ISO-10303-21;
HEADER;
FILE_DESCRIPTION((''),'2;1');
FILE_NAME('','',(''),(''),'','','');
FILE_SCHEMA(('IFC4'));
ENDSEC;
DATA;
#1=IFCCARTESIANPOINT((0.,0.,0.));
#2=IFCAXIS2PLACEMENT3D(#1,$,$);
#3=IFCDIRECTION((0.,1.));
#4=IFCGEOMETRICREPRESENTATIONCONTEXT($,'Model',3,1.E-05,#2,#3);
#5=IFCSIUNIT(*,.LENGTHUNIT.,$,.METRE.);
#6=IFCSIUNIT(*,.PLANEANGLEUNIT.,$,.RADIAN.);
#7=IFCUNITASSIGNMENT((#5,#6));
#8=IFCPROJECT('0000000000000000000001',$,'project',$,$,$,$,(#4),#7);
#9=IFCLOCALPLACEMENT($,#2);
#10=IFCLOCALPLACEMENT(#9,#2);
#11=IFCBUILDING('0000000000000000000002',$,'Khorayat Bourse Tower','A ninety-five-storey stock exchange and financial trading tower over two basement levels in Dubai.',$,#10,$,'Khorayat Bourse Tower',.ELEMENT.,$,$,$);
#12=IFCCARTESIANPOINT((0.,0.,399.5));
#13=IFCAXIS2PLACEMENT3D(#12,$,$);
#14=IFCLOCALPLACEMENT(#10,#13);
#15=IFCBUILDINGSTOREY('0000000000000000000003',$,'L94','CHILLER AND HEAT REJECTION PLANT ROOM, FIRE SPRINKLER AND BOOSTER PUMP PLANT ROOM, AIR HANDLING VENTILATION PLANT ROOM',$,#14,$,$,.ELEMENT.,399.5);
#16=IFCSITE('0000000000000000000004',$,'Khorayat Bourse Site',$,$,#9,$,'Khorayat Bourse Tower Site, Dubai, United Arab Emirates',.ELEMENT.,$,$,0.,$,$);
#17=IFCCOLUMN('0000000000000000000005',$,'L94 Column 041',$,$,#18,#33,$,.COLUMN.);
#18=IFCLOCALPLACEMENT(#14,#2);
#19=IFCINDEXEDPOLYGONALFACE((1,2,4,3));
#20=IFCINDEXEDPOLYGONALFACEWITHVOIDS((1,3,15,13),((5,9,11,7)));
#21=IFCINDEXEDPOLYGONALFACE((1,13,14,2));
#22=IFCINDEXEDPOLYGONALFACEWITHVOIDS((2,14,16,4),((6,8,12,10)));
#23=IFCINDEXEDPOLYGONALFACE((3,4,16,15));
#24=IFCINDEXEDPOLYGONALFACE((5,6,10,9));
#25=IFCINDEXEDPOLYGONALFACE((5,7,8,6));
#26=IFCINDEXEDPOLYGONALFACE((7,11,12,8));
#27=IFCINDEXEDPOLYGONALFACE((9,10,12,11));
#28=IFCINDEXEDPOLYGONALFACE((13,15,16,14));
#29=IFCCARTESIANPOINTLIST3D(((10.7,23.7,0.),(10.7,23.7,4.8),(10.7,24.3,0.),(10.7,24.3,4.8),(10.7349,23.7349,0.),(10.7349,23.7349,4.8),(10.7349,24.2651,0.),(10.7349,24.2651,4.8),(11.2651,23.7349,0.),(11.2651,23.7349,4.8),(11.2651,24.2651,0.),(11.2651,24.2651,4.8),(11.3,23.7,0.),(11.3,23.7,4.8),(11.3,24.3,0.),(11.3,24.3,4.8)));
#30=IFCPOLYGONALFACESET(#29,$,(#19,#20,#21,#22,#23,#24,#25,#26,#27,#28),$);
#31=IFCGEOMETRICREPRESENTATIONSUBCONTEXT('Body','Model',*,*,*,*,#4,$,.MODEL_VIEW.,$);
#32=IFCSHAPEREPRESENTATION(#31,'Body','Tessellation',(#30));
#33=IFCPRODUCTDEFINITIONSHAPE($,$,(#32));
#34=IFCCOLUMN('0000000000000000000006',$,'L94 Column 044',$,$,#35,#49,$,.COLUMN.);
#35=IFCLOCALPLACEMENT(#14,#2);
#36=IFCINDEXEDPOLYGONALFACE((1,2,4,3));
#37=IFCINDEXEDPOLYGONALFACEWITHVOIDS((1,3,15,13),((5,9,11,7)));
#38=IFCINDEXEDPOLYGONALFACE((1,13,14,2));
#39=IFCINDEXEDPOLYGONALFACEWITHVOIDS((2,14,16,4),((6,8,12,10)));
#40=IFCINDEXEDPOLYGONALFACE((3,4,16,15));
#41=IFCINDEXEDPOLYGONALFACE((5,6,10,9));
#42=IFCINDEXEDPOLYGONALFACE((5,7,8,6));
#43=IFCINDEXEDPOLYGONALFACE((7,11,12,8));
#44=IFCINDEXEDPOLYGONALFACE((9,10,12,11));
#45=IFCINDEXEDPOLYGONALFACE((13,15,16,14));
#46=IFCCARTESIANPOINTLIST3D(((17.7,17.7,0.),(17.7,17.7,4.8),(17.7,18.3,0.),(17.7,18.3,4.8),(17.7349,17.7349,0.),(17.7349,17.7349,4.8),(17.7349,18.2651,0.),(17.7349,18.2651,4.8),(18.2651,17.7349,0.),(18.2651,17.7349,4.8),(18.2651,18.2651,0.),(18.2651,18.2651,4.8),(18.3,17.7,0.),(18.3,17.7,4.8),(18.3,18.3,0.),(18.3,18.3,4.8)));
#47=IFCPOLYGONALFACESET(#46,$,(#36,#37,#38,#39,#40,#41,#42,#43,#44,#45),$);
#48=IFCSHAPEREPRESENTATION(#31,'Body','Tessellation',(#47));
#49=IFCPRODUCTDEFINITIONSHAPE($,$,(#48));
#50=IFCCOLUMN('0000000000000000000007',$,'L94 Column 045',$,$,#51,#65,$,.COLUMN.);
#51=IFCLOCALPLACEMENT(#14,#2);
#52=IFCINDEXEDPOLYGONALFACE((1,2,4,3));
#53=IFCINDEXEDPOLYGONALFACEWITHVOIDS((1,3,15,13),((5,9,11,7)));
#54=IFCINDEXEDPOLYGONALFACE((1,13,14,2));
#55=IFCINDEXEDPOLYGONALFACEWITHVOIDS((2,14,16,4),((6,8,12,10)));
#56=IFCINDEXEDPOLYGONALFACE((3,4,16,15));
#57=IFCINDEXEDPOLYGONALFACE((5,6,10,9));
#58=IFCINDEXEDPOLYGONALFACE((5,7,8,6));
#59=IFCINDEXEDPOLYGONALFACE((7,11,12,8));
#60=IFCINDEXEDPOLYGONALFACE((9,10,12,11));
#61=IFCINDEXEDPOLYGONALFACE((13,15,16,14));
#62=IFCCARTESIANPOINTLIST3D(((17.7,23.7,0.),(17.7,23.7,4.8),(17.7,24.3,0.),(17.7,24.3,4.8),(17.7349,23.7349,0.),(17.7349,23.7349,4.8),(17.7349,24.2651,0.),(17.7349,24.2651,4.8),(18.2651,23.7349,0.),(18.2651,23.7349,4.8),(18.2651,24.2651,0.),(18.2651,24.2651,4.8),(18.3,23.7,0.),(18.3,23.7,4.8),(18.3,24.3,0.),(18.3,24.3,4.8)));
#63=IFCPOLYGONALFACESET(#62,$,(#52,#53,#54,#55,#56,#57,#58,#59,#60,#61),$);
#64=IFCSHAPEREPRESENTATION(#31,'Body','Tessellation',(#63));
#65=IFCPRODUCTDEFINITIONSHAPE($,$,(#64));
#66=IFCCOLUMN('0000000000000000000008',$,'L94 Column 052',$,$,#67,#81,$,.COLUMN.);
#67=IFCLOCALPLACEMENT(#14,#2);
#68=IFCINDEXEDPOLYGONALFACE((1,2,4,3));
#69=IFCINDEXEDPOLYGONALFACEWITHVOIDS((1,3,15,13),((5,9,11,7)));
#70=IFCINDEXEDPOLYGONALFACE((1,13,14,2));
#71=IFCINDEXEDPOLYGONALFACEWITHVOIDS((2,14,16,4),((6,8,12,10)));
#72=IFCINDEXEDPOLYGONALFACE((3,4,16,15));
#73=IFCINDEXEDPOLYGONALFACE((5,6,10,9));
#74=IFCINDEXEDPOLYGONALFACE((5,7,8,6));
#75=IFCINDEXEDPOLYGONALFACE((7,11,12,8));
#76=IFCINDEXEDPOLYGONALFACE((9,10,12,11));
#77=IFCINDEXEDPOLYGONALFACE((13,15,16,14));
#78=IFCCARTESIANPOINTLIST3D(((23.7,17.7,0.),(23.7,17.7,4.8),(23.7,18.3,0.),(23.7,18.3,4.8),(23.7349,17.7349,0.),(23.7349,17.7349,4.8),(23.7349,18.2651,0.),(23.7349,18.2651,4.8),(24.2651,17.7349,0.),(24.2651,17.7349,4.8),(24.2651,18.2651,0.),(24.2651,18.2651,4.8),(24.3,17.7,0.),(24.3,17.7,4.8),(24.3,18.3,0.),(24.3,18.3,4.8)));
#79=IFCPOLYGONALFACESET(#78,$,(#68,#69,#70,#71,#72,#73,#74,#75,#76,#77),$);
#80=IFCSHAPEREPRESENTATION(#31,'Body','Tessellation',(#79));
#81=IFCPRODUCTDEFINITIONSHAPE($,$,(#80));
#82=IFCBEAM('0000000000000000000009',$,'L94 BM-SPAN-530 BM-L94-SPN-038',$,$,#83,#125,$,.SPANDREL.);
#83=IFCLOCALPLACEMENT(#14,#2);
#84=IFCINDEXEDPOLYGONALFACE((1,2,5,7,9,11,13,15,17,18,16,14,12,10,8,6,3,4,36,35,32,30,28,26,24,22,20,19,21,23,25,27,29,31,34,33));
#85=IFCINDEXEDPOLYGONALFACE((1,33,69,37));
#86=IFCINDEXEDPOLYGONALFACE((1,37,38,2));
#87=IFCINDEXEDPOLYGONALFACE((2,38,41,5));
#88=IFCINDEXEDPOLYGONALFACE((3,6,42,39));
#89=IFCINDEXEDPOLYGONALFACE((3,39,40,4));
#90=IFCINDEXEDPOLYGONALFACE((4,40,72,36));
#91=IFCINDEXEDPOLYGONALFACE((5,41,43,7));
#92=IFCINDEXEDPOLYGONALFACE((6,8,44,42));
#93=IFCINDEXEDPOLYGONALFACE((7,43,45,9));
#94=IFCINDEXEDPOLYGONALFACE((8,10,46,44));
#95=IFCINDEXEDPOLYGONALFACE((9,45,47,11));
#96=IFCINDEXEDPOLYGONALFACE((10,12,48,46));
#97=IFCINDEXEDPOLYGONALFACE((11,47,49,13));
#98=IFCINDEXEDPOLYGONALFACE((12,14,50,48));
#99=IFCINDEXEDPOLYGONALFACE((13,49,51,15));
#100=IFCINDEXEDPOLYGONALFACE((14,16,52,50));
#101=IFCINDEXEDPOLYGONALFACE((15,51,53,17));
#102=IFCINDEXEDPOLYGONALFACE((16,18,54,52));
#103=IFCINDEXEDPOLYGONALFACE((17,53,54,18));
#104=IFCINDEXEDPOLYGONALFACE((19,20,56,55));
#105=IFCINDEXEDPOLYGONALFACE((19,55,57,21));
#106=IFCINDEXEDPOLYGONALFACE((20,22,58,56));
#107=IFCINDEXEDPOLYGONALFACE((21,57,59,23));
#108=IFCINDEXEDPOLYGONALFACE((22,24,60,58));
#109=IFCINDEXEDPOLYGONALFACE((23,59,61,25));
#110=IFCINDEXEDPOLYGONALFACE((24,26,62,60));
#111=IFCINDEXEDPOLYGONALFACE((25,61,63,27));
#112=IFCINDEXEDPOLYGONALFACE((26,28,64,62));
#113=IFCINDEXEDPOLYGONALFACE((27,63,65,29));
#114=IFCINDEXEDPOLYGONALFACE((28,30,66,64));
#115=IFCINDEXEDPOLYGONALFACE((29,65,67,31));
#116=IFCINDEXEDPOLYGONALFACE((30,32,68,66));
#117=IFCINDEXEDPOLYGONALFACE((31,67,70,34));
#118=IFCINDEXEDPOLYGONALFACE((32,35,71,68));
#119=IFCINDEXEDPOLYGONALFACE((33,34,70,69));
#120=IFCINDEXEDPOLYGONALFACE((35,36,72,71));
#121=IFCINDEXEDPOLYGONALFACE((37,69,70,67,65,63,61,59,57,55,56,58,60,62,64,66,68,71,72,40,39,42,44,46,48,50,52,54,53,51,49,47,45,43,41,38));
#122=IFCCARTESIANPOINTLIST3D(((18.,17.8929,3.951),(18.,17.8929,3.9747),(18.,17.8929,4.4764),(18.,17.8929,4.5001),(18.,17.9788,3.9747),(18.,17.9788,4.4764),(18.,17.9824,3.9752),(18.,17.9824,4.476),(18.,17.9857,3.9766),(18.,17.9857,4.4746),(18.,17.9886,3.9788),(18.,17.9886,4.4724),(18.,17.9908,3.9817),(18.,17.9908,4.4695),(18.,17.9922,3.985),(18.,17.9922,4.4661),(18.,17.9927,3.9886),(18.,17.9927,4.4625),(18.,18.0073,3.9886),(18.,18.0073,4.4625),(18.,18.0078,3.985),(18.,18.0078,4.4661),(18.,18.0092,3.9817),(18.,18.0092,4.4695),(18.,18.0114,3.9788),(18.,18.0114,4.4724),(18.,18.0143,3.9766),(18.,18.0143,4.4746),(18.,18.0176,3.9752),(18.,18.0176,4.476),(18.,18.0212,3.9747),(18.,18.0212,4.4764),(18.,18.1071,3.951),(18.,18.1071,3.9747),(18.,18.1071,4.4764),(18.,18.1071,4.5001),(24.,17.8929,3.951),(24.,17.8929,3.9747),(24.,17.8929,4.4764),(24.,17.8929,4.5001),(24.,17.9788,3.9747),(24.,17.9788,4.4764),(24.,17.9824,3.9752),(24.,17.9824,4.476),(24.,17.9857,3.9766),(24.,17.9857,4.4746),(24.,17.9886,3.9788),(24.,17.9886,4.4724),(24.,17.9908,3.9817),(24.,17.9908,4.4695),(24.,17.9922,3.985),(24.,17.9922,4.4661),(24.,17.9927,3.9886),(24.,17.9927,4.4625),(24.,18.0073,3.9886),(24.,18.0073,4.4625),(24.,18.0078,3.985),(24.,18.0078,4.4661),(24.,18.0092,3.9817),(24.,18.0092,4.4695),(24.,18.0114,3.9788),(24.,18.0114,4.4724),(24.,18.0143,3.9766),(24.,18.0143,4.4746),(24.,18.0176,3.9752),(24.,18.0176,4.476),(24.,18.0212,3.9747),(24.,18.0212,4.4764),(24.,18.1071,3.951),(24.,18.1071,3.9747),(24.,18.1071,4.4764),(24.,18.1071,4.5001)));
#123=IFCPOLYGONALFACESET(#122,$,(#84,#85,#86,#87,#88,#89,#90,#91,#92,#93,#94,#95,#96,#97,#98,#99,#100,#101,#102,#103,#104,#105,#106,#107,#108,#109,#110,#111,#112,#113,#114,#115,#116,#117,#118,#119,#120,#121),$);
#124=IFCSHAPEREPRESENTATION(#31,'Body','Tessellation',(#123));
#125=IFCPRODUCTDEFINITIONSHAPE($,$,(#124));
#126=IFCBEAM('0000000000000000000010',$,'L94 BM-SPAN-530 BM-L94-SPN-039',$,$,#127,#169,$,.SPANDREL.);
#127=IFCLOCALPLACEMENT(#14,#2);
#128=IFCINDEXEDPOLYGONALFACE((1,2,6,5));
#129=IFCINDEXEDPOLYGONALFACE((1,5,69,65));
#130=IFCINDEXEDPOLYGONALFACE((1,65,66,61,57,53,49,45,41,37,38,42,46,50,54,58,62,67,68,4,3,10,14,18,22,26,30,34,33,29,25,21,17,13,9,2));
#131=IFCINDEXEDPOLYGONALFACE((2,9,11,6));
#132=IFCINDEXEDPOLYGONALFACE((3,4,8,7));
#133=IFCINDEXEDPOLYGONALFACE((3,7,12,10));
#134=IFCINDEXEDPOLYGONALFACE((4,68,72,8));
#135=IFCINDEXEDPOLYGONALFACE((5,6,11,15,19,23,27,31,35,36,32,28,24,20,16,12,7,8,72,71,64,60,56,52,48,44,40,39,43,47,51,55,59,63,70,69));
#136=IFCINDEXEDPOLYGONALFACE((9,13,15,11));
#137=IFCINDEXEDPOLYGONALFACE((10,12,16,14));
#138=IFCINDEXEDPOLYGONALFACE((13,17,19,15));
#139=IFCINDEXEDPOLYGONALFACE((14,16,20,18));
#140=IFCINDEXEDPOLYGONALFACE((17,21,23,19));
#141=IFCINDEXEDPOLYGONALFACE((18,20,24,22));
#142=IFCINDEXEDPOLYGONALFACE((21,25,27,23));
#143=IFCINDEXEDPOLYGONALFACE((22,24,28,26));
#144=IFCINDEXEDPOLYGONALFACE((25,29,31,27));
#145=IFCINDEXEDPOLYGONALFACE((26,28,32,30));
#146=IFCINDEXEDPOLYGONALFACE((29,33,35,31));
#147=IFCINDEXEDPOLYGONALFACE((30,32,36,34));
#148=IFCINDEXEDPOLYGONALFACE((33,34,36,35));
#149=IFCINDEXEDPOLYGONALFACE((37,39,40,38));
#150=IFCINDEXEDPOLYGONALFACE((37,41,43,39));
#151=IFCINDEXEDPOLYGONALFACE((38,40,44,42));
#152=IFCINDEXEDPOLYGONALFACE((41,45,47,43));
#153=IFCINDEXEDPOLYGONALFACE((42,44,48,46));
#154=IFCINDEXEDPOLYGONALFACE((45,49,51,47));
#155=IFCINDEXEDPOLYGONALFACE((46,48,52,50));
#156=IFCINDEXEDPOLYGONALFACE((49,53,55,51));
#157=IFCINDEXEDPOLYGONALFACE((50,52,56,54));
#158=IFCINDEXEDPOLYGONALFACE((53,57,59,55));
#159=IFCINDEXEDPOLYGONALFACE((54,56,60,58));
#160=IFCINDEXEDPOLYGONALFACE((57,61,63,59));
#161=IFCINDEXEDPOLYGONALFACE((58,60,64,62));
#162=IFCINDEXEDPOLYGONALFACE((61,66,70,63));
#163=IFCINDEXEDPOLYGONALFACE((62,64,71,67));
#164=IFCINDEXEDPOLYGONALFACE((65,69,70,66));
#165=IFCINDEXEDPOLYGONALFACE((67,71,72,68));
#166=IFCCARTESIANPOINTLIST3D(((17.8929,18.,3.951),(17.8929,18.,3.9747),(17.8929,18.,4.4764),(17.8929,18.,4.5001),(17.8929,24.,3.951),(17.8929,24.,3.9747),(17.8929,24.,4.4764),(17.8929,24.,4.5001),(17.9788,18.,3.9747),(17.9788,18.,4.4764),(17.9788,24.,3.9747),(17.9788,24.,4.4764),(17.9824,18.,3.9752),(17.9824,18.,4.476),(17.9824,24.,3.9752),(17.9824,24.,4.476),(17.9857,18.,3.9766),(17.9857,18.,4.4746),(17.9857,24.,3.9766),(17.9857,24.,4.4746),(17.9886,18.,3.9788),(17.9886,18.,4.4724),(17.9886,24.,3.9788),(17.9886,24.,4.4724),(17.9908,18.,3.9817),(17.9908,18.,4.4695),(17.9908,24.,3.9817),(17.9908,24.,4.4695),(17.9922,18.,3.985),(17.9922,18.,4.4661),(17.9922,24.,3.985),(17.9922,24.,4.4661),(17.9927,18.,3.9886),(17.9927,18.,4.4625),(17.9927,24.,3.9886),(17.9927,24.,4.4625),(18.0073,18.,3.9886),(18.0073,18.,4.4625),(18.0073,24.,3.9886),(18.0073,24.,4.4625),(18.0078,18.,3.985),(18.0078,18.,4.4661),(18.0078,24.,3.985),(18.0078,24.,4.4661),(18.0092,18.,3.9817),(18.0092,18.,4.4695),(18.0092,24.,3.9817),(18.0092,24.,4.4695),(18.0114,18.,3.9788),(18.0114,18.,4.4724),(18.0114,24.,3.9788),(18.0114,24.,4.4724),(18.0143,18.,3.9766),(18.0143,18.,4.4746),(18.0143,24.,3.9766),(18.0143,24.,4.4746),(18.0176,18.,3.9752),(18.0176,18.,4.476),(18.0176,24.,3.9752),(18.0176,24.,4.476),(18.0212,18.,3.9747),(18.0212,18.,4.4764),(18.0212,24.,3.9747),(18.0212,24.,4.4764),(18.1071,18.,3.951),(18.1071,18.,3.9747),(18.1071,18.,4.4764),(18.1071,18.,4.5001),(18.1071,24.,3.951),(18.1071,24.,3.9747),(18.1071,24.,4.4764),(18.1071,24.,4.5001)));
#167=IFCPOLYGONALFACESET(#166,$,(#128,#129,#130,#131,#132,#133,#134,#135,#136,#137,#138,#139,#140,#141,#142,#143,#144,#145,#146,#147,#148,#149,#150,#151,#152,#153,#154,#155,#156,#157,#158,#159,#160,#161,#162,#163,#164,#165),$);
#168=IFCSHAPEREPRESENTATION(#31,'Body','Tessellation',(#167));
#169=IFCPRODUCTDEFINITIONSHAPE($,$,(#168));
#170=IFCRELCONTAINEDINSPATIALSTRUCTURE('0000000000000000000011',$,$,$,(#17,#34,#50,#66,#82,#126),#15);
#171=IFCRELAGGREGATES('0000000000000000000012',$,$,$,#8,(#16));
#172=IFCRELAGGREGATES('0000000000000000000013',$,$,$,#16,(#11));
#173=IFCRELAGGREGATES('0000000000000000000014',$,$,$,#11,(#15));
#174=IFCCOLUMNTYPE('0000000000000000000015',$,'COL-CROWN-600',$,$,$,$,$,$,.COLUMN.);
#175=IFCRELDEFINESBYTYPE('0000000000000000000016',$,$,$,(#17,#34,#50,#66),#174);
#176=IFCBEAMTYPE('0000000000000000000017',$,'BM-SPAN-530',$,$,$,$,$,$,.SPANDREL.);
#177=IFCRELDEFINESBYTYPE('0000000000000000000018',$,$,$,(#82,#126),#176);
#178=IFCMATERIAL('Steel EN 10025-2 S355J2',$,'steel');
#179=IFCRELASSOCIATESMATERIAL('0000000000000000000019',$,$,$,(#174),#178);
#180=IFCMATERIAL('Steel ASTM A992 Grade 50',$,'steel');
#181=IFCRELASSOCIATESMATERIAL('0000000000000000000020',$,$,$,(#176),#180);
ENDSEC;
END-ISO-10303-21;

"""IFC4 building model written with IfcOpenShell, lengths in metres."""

from ifc_helpers import new_model, si_unit, direction, frame, origin, origin_2d, place, context, subcontext, project, spatial, hollow_rectangle, i_section, extrude, source, transform, mapped, material, material_profile, profile_set, type_object, element, save


model = new_model("IFC4")

# Units and contexts
model_context = context("Model", 3, precision=1e-05, world=origin(), true_north=direction((0.0, 1.0)))
body_context = subcontext(model_context, "Body", "Model", "MODEL_VIEW")
ifc_project = project(units=[si_unit("LENGTHUNIT", "METRE"), si_unit("PLANEANGLEUNIT", "RADIAN")], contexts=[model_context])

# Site, building, storey
site_placement = place(None, origin())
site = spatial("IfcSite", under=ifc_project, at=site_placement, Name="Khorayat Bourse Site", LongName="Khorayat Bourse Tower Site, Dubai, United Arab Emirates", CompositionType="ELEMENT", RefElevation=0.0)
building_placement = place(site_placement, origin())
building = spatial("IfcBuilding", under=site, at=building_placement, Name="Khorayat Bourse Tower", Description="A ninety-five-storey stock exchange and financial trading tower over two basement levels in Dubai.", LongName="Khorayat Bourse Tower", CompositionType="ELEMENT")
storey_placement = place(building_placement, frame((0.0, 0.0, 399.5)))
storey = spatial("IfcBuildingStorey", under=building, at=storey_placement, Name="L94", Description="CHILLER AND HEAT REJECTION PLANT ROOM, FIRE SPRINKLER AND BOOSTER PUMP PLANT ROOM, AIR HANDLING VENTILATION PLANT ROOM", CompositionType="ELEMENT", Elevation=399.5)

# Columns
ifc_material_1 = material(Name="Steel EN 10025-2 S355J2", Category="steel")
ifc_material_profile_1 = material_profile(ifc_material_1, hollow_rectangle(XDim=0.6001, YDim=0.6001, WallThickness=0.0349, at=origin_2d()), Name="BOX 600x600x35")
ifc_profile_set_1 = profile_set([ifc_material_profile_1], Name="Steel EN 10025-2 S355J2")
column_type = type_object("IfcColumnType", Name="COL-CROWN-600", PredefinedType="COLUMN", material=ifc_profile_set_1)
shared_shape_1 = source(origin(), body_context, "Body", "SweptSolid", [
    extrude(hollow_rectangle(XDim=0.6001, YDim=0.6001, WallThickness=0.0349, at=origin_2d()), origin(), (0.0, 0.0, 1.0), 4.8),
])
for number, where, z_axis, x_axis, name in (
    (1, (11.0, 24.0, 0.0), (0.0, 0.0, 1.0), (1.0, 0.0, 0.0), "L94 Column 041"),
    (2, (18.0, 18.0, 0.0), (0.0, 0.0, 1.0), (1.0, 0.0, 0.0), "L94 Column 044"),
    (3, (18.0, 24.0, 0.0), (0.0, 0.0, 1.0), (1.0, 0.0, 0.0), "L94 Column 045"),
    (4, (24.0, 18.0, 0.0), (0.0, 0.0, 1.0), (1.0, 0.0, 0.0), "L94 Column 052"),
):
    element("IfcColumn", number, at=place(storey_placement, frame(where, z_axis=z_axis, x_axis=x_axis)), inside=storey, type_object=column_type, Name=name, PredefinedType="COLUMN", context=body_context, shape_type="MappedRepresentation", body=[
        mapped(shared_shape_1, transform((0.0, 0.0, 0.0), scale=1.0)),
    ])

# Beams
ifc_material_2 = material(Name="Steel ASTM A992 Grade 50", Category="steel")
ifc_material_profile_2 = material_profile(ifc_material_2, i_section(OverallWidth=0.2141, OverallDepth=0.5491, WebThickness=0.0146, FlangeThickness=0.0237, FilletRadius=0.0139, at=origin_2d()), Name="W530X138")
ifc_profile_set_2 = profile_set([ifc_material_profile_2], Name="Steel ASTM A992 Grade 50")
beam_type_1 = type_object("IfcBeamType", Name="BM-SPAN-530", PredefinedType="SPANDREL", material=ifc_profile_set_2)
shared_shape_2 = source(origin(), body_context, "Body", "SweptSolid", [
    extrude(i_section(OverallWidth=0.2141, OverallDepth=0.5491, WebThickness=0.0146, FlangeThickness=0.0237, FilletRadius=0.0139, at=origin_2d()), origin(), (0.0, 0.0, 1.0), 6.0),
])
for number, where, z_axis, x_axis, name in (
    (5, (18.0, 18.0, 4.2256), (1.0, 0.0, 0.0), (0.0, 1.0, 0.0), "L94 BM-SPAN-530 BM-L94-SPN-038"),
    (6, (18.0, 18.0, 4.2256), (0.0, 1.0, 0.0), (-1.0, 0.0, 0.0), "L94 BM-SPAN-530 BM-L94-SPN-039"),
):
    element("IfcBeam", number, at=place(storey_placement, frame(where, z_axis=z_axis, x_axis=x_axis)), inside=storey, type_object=beam_type_1, Name=name, PredefinedType="SPANDREL", context=body_context, shape_type="MappedRepresentation", body=[
        mapped(shared_shape_2, transform((0.0, 0.0, 0.0), scale=1.0)),
    ])

save(model, "model.ifc")
